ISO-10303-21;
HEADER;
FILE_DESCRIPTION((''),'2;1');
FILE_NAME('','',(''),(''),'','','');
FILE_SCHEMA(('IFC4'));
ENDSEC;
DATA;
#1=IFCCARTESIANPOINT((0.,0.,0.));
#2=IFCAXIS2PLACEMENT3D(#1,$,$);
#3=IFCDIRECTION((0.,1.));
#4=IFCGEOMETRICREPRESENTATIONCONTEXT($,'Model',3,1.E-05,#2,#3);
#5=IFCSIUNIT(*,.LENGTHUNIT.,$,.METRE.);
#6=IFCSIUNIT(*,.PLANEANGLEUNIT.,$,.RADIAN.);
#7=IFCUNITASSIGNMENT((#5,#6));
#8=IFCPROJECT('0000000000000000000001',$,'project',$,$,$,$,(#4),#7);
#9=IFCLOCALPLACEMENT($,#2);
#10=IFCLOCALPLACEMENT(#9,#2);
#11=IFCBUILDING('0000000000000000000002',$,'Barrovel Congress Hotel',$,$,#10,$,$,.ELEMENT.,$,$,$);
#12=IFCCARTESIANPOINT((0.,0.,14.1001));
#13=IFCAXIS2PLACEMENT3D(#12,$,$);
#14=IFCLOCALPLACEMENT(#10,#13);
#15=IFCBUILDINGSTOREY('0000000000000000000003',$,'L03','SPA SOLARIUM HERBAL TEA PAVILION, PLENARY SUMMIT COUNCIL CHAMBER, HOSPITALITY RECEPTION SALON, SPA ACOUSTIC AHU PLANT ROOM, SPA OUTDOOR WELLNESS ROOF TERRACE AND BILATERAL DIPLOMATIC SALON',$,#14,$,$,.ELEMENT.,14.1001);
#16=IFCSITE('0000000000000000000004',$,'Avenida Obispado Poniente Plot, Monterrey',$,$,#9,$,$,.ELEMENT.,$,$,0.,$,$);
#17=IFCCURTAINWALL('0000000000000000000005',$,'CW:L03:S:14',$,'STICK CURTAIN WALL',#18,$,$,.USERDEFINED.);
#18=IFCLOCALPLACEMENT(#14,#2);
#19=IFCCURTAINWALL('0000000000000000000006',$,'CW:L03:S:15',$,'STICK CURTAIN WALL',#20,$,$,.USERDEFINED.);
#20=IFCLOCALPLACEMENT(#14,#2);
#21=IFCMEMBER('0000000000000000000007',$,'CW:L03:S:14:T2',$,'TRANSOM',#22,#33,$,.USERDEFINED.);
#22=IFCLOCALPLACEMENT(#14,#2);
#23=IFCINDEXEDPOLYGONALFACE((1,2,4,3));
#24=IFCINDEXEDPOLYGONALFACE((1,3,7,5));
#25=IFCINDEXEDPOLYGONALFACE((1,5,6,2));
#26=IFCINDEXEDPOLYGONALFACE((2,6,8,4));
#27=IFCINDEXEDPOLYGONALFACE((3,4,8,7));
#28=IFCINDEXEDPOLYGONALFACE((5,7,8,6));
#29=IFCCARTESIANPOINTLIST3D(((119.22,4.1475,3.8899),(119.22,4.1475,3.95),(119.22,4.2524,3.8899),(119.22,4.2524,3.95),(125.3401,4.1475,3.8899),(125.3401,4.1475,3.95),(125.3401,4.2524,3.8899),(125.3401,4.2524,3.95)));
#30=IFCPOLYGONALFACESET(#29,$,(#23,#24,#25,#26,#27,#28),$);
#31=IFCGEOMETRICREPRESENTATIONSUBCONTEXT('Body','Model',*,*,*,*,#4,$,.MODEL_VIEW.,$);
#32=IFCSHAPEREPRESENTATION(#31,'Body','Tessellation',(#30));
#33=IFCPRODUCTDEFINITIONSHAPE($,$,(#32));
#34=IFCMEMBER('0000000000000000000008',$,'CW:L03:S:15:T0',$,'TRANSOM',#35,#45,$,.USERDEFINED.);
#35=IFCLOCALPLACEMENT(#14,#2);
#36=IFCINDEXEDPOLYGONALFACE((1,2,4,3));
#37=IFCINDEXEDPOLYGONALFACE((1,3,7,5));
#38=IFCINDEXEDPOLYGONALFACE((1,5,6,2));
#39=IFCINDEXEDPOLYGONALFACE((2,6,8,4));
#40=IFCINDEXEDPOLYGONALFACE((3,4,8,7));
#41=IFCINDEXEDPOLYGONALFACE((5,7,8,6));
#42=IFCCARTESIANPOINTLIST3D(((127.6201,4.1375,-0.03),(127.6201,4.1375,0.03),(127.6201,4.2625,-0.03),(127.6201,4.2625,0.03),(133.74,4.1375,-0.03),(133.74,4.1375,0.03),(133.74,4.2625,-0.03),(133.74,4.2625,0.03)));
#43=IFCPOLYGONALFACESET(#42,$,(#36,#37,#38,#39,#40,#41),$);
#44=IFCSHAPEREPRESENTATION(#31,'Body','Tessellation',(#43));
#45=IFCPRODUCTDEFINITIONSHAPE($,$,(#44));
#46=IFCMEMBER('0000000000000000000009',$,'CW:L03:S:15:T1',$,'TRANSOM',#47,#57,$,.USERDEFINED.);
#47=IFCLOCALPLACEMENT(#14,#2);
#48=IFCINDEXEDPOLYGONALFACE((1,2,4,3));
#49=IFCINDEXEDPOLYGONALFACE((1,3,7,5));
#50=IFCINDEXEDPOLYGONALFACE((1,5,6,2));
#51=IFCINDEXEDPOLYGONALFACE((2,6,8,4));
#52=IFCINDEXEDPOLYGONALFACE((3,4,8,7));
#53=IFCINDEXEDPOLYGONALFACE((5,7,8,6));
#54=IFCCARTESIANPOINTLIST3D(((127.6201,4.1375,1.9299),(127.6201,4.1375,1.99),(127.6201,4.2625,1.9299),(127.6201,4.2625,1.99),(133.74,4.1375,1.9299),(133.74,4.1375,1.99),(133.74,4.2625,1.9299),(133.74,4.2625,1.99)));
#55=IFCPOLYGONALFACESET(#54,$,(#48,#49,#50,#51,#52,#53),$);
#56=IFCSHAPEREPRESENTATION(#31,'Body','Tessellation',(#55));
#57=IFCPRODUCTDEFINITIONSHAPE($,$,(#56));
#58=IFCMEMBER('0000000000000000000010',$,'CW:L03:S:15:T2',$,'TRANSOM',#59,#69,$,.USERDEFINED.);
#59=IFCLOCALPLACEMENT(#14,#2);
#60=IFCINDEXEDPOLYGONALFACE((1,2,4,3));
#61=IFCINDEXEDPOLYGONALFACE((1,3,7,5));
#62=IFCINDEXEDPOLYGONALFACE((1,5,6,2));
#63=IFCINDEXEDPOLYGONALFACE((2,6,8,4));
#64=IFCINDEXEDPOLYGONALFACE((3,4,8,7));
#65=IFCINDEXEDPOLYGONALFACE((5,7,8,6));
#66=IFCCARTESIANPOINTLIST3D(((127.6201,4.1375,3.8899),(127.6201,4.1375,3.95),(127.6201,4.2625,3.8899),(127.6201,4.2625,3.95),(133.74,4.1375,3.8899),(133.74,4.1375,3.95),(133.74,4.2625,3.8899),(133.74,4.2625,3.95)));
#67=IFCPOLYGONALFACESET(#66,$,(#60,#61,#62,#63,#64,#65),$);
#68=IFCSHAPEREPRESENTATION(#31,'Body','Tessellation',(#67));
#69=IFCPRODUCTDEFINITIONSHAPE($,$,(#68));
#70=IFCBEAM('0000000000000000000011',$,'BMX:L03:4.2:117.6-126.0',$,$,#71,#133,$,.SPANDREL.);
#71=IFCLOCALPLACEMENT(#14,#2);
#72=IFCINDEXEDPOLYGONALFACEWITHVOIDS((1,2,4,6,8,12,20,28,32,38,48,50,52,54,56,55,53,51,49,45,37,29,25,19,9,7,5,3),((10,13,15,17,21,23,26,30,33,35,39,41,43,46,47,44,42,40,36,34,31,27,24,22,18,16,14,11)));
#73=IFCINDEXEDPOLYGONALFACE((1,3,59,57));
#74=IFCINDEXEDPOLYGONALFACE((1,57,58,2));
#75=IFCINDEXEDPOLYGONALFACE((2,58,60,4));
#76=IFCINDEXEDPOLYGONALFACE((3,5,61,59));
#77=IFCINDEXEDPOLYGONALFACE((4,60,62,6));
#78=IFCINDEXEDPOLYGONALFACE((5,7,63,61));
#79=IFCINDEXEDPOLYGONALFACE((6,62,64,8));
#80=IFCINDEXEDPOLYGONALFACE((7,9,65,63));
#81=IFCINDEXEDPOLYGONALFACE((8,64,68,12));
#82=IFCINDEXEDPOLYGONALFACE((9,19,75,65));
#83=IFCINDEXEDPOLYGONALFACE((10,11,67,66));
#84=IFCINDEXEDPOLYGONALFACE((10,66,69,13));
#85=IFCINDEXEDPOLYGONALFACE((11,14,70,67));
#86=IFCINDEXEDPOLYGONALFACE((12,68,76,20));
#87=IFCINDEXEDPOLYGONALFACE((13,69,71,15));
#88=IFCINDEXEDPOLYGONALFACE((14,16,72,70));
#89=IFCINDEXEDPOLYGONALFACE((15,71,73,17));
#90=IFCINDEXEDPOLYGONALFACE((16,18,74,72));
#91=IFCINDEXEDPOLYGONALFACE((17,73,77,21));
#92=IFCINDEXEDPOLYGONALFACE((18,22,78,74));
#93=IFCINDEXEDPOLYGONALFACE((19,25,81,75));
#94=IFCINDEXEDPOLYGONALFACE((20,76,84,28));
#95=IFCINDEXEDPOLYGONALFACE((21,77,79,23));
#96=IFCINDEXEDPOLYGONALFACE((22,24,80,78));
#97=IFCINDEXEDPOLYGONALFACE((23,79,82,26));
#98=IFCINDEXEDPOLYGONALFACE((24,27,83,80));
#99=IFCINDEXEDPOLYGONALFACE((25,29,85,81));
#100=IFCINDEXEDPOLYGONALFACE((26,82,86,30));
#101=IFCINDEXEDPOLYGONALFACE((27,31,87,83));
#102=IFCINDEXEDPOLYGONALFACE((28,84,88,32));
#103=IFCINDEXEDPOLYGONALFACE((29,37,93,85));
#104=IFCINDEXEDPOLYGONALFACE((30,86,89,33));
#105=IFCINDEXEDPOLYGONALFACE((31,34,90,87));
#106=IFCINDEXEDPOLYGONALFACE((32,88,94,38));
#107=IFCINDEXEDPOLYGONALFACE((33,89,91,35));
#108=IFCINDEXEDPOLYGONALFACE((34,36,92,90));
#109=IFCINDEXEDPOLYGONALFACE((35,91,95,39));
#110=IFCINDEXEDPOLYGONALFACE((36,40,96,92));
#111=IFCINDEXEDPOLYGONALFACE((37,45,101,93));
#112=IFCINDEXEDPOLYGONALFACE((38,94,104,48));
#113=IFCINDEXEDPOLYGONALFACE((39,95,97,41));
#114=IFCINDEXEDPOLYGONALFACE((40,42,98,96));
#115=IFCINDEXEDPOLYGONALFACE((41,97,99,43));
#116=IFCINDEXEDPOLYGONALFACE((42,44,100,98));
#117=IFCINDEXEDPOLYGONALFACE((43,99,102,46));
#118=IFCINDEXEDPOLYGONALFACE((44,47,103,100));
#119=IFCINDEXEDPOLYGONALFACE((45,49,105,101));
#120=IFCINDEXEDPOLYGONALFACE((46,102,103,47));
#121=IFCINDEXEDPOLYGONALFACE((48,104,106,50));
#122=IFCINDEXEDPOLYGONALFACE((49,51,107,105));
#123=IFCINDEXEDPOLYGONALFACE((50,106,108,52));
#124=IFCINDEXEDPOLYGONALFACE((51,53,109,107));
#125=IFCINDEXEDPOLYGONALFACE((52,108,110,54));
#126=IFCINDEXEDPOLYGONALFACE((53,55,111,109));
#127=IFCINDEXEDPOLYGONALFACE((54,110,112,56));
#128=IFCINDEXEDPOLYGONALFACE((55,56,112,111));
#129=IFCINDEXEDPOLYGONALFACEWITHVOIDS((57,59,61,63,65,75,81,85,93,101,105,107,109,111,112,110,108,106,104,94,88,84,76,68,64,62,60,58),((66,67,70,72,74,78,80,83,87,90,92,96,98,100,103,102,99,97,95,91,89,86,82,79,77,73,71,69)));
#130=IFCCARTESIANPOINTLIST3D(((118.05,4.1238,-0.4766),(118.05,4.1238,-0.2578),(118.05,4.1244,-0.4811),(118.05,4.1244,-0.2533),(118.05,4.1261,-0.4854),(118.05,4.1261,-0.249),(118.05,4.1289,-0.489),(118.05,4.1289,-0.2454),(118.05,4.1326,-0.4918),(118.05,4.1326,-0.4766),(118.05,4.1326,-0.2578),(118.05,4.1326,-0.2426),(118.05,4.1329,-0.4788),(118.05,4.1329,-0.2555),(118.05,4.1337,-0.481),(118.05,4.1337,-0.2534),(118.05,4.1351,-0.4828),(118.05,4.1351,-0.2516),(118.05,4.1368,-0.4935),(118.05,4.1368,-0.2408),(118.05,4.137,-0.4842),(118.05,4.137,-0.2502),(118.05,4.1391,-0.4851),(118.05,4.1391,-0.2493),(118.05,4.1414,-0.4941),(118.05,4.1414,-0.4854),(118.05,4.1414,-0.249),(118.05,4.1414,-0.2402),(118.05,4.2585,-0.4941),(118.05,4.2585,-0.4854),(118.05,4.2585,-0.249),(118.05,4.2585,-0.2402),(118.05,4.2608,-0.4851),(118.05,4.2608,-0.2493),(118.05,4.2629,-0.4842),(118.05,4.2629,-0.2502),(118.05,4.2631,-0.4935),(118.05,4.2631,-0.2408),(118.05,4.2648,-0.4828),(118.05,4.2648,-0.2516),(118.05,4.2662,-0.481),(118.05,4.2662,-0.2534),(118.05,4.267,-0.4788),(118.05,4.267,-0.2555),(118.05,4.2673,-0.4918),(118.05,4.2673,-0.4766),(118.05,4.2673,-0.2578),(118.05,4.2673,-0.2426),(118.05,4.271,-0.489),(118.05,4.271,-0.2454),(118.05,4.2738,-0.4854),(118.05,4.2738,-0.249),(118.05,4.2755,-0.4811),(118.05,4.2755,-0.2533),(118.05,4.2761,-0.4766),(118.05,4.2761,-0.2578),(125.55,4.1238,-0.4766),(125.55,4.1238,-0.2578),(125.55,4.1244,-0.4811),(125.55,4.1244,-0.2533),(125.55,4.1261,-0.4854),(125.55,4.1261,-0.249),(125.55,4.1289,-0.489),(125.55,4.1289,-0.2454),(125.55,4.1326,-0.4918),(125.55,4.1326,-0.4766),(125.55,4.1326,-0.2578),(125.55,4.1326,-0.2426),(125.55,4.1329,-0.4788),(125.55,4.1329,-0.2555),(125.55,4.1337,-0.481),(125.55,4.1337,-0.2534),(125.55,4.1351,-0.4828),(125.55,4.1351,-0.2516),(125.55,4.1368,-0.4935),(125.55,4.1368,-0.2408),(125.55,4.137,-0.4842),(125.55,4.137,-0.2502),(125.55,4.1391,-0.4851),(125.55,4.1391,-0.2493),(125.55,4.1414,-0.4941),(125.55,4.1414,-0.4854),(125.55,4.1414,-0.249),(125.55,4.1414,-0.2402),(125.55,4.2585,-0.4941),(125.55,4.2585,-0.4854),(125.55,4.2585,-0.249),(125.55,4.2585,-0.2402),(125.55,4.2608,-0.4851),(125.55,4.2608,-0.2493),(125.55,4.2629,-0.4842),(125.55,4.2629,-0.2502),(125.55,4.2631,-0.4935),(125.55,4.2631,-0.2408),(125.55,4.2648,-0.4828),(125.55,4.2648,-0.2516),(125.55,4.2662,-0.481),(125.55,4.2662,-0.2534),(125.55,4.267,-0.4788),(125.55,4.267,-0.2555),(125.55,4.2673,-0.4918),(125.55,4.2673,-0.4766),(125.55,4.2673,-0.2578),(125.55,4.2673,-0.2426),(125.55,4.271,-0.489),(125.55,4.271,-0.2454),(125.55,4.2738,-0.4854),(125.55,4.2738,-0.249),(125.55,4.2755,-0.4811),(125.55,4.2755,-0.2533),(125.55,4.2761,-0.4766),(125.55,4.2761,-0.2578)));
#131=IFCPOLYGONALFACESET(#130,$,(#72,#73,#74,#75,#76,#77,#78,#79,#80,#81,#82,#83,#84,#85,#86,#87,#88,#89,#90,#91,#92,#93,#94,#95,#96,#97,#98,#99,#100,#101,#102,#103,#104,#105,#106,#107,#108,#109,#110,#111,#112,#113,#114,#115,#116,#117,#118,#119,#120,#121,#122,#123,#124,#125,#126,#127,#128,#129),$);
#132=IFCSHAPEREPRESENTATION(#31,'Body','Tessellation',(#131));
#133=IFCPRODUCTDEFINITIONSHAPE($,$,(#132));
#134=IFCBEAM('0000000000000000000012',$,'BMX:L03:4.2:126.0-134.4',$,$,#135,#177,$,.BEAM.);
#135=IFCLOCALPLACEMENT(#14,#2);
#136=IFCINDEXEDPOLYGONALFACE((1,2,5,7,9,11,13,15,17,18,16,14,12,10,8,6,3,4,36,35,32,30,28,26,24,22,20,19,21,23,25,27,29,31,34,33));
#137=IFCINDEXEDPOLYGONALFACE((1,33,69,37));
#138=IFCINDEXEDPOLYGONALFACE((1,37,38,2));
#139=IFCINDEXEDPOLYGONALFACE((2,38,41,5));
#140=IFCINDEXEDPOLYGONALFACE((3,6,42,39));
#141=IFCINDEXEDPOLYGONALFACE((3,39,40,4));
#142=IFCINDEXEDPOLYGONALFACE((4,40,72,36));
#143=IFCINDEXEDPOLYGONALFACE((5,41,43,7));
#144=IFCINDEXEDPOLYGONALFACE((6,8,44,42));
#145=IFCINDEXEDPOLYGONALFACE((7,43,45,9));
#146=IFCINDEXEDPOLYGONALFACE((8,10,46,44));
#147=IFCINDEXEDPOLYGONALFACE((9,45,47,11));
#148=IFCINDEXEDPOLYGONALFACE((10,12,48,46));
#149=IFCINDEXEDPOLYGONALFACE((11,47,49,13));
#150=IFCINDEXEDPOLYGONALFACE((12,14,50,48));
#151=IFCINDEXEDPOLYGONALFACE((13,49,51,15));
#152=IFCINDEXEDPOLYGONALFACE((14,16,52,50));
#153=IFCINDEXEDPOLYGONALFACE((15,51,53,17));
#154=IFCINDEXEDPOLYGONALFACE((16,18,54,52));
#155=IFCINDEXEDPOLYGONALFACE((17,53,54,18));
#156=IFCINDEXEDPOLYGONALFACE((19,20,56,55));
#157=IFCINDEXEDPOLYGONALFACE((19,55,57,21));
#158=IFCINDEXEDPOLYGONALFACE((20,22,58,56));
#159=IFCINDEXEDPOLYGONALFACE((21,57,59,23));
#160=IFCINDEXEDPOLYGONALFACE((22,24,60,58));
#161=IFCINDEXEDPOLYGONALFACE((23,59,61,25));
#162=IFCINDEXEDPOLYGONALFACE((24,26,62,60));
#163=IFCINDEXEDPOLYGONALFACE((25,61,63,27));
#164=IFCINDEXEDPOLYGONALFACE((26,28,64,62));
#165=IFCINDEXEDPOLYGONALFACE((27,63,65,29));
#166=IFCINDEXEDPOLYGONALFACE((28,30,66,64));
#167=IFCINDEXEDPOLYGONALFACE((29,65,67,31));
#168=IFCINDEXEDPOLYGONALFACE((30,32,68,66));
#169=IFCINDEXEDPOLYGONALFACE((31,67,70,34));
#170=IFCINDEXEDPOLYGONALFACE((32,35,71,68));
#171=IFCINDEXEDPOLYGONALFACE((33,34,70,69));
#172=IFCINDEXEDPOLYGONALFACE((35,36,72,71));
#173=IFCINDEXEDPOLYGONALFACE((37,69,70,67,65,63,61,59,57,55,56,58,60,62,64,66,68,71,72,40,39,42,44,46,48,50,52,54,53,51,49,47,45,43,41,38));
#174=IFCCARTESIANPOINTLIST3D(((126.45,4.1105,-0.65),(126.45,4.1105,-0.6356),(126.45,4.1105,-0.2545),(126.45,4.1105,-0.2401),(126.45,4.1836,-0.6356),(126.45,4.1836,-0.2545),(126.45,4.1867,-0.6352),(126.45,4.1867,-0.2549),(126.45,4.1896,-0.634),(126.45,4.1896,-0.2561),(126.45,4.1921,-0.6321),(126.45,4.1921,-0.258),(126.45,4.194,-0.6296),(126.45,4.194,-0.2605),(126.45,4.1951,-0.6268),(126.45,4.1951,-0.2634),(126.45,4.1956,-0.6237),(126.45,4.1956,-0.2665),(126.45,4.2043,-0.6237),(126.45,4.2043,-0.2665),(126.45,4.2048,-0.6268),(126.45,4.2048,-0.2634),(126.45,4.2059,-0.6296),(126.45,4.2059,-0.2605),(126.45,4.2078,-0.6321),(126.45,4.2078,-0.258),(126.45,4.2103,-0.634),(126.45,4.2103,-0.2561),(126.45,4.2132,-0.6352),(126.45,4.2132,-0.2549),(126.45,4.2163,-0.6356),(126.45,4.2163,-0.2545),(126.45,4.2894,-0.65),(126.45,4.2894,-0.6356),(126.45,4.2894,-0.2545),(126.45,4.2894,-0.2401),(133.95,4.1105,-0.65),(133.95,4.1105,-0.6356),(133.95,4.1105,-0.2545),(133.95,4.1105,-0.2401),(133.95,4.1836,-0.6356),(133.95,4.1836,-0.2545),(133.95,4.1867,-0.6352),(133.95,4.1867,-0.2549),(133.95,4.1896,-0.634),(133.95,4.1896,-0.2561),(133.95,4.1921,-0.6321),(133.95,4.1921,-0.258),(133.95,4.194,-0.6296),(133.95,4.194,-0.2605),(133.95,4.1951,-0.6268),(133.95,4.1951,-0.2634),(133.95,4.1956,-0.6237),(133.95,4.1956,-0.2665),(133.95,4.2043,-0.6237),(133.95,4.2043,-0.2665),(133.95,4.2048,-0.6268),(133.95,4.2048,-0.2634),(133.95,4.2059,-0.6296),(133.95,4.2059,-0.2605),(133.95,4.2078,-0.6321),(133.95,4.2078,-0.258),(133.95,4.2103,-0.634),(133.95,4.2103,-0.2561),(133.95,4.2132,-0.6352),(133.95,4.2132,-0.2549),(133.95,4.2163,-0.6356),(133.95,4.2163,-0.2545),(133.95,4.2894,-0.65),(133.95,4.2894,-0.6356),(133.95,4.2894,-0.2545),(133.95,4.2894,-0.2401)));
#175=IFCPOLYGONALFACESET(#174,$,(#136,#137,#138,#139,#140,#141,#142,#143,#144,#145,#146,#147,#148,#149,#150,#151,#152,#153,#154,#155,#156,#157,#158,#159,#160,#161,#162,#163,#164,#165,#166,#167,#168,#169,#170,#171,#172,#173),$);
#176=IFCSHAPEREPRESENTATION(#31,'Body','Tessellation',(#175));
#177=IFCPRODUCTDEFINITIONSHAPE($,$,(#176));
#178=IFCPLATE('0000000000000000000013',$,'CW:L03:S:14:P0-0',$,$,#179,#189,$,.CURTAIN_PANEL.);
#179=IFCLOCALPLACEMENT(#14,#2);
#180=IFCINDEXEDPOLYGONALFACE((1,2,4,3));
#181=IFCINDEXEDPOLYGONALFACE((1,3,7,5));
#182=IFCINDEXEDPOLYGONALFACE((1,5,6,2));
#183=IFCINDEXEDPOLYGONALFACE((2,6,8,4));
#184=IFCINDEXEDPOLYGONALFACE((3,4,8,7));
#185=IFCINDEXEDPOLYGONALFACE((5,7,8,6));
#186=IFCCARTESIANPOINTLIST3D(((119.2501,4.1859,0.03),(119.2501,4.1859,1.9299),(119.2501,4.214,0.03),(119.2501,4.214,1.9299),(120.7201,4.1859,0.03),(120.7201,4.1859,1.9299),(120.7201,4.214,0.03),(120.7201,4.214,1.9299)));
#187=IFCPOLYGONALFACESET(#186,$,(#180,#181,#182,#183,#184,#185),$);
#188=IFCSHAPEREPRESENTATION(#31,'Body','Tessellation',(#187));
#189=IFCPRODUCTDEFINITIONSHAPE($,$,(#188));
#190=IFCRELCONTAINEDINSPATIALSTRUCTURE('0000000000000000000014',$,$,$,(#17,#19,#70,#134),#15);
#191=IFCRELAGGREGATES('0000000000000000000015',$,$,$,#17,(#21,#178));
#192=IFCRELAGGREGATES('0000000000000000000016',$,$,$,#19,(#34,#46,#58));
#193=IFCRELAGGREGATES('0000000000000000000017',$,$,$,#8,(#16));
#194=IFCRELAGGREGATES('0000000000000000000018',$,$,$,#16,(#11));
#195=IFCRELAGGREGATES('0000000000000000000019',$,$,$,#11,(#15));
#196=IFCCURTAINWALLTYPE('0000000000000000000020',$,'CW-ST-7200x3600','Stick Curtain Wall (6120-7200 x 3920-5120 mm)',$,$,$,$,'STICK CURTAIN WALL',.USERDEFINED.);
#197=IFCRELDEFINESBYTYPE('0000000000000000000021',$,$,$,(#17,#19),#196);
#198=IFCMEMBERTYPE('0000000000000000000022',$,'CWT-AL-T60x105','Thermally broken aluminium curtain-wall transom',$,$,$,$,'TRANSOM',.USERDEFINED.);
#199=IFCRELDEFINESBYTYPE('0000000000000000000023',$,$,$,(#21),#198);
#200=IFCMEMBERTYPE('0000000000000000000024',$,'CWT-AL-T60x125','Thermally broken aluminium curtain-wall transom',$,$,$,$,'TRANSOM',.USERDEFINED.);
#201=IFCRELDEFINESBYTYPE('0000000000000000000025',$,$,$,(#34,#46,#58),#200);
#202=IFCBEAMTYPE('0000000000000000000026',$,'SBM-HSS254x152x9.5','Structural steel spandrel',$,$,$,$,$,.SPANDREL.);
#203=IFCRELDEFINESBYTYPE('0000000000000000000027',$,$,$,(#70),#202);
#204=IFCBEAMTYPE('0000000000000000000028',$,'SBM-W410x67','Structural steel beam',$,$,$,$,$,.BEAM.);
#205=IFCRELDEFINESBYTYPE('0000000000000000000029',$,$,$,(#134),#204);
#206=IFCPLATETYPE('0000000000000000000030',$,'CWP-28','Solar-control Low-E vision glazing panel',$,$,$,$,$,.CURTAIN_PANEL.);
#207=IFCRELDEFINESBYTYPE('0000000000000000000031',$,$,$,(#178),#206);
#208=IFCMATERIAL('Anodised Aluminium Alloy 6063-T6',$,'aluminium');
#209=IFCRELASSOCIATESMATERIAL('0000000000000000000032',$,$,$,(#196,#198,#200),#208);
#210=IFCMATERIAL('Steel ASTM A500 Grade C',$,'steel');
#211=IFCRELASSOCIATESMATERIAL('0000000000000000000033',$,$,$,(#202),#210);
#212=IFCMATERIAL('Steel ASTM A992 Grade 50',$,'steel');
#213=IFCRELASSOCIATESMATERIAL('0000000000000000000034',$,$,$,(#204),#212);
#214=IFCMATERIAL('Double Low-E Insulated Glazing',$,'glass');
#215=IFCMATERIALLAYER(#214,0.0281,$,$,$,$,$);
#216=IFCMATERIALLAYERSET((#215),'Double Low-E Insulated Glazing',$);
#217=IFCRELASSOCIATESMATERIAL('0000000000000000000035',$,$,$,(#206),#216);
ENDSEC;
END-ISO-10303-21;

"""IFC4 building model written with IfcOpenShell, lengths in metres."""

from ifc_helpers import new_model, si_unit, direction, frame, origin, origin_2d, place, context, subcontext, project, spatial, rectangle, hollow_rectangle, i_section, extrude, material, layer, layer_set, material_profile, profile_set, type_object, element, aggregate, save


model = new_model("IFC4")

# Units and contexts
model_context = context("Model", 3, precision=1e-05, world=origin(), true_north=direction((0.0, 1.0)))
body_context = subcontext(model_context, "Body", "Model", "MODEL_VIEW")
ifc_project = project(units=[si_unit("LENGTHUNIT", "METRE"), si_unit("PLANEANGLEUNIT", "RADIAN")], contexts=[model_context])

# Site, building, storey
site_placement = place(None, origin())
site = spatial("IfcSite", under=ifc_project, at=site_placement, Name="Avenida Obispado Poniente Plot, Monterrey", CompositionType="ELEMENT", RefElevation=0.0)
building_placement = place(site_placement, origin())
building = spatial("IfcBuilding", under=site, at=building_placement, Name="Barrovel Congress Hotel", CompositionType="ELEMENT")
storey_placement = place(building_placement, frame((0.0, 0.0, 14.1001)))
storey = spatial("IfcBuildingStorey", under=building, at=storey_placement, Name="L03", Description="SPA SOLARIUM HERBAL TEA PAVILION, PLENARY SUMMIT COUNCIL CHAMBER, HOSPITALITY RECEPTION SALON, SPA ACOUSTIC AHU PLANT ROOM, SPA OUTDOOR WELLNESS ROOF TERRACE AND BILATERAL DIPLOMATIC SALON", CompositionType="ELEMENT", Elevation=14.1001)

# Curtain walls
ifc_material_1 = material(Name="Anodised Aluminium Alloy 6063-T6", Category="aluminium")
curtain_wall_type = type_object("IfcCurtainWallType", Name="CW-ST-7200x3600", Description="Stick Curtain Wall (6120-7200 x 3920-5120 mm)", ElementType="STICK CURTAIN WALL", PredefinedType="USERDEFINED", material=ifc_material_1)
curtain_wall_1_placement = place(storey_placement, origin())
curtain_wall_1 = element("IfcCurtainWall", 1, at=curtain_wall_1_placement, inside=storey, type_object=curtain_wall_type, Name="CW:L03:S:14", ObjectType="STICK CURTAIN WALL", PredefinedType="USERDEFINED")
curtain_wall_2_placement = place(storey_placement, origin())
curtain_wall_2 = element("IfcCurtainWall", 2, at=curtain_wall_2_placement, inside=storey, type_object=curtain_wall_type, Name="CW:L03:S:15", ObjectType="STICK CURTAIN WALL", PredefinedType="USERDEFINED")

# Members
ifc_material_profile_1 = material_profile(ifc_material_1, rectangle(XDim=0.105, YDim=0.0601, at=origin_2d()), Name="AL-T60x105")
ifc_profile_set_1 = profile_set([ifc_material_profile_1], Name="Anodised Aluminium Alloy 6063-T6")
member_type_1 = type_object("IfcMemberType", Name="CWT-AL-T60x105", Description="Thermally broken aluminium curtain-wall transom", ElementType="TRANSOM", PredefinedType="USERDEFINED", material=ifc_profile_set_1)
member_1_placement = place(storey_placement, frame((119.22, 4.2, 3.9199), z_axis=(1.0, 0.0, 0.0), x_axis=(0.0, 1.0, 0.0)))
member_1 = element("IfcMember", 3, at=member_1_placement, type_object=member_type_1, Name="CW:L03:S:14:T2", ObjectType="TRANSOM", PredefinedType="USERDEFINED", context=body_context, shape_type="SweptSolid", body=[
    extrude(rectangle(XDim=0.105, YDim=0.0601, at=origin_2d()), origin(), (0.0, 0.0, 1.0), 6.1201),
])
ifc_material_profile_2 = material_profile(ifc_material_1, rectangle(XDim=0.125, YDim=0.0601, at=origin_2d()), Name="AL-T60x125")
ifc_profile_set_2 = profile_set([ifc_material_profile_2], Name="Anodised Aluminium Alloy 6063-T6")
member_type_2 = type_object("IfcMemberType", Name="CWT-AL-T60x125", Description="Thermally broken aluminium curtain-wall transom", ElementType="TRANSOM", PredefinedType="USERDEFINED", material=ifc_profile_set_2)
member_2_placement = place(storey_placement, frame((127.6201, 4.2, 0.0), z_axis=(1.0, 0.0, 0.0), x_axis=(0.0, 1.0, 0.0)))
member_2 = element("IfcMember", 4, at=member_2_placement, type_object=member_type_2, Name="CW:L03:S:15:T0", ObjectType="TRANSOM", PredefinedType="USERDEFINED", context=body_context, shape_type="SweptSolid", body=[
    extrude(rectangle(XDim=0.125, YDim=0.0601, at=origin_2d()), origin(), (0.0, 0.0, 1.0), 6.1199),
])
member_3_placement = place(storey_placement, frame((127.6201, 4.2, 1.96), z_axis=(1.0, 0.0, 0.0), x_axis=(0.0, 1.0, 0.0)))
member_3 = element("IfcMember", 5, at=member_3_placement, type_object=member_type_2, Name="CW:L03:S:15:T1", ObjectType="TRANSOM", PredefinedType="USERDEFINED", context=body_context, shape_type="SweptSolid", body=[
    extrude(rectangle(XDim=0.125, YDim=0.0601, at=origin_2d()), origin(), (0.0, 0.0, 1.0), 6.1199),
])
member_4_placement = place(storey_placement, frame((127.6201, 4.2, 3.9199), z_axis=(1.0, 0.0, 0.0), x_axis=(0.0, 1.0, 0.0)))
member_4 = element("IfcMember", 6, at=member_4_placement, type_object=member_type_2, Name="CW:L03:S:15:T2", ObjectType="TRANSOM", PredefinedType="USERDEFINED", context=body_context, shape_type="SweptSolid", body=[
    extrude(rectangle(XDim=0.125, YDim=0.0601, at=origin_2d()), origin(), (0.0, 0.0, 1.0), 6.1199),
])

# Beams
ifc_material_2 = material(Name="Steel ASTM A500 Grade C", Category="steel")
ifc_material_profile_3 = material_profile(ifc_material_2, hollow_rectangle(XDim=0.1523, YDim=0.2539, WallThickness=0.0088, InnerFilletRadius=0.0088, OuterFilletRadius=0.0176, at=origin_2d()), Name="HSS254x152x9.5")
ifc_profile_set_3 = profile_set([ifc_material_profile_3], Name="Steel ASTM A500 Grade C")
beam_type_1 = type_object("IfcBeamType", Name="SBM-HSS254x152x9.5", Description="Structural steel spandrel", PredefinedType="SPANDREL", material=ifc_profile_set_3)
beam_1_placement = place(storey_placement, frame((118.05, 4.2, -0.3672), z_axis=(1.0, 0.0, 0.0), x_axis=(0.0, 1.0, 0.0)))
element("IfcBeam", 7, at=beam_1_placement, inside=storey, type_object=beam_type_1, Name="BMX:L03:4.2:117.6-126.0", PredefinedType="SPANDREL", context=body_context, shape_type="SweptSolid", body=[
    extrude(hollow_rectangle(XDim=0.1523, YDim=0.2539, WallThickness=0.0088, InnerFilletRadius=0.0088, OuterFilletRadius=0.0176, at=origin_2d()), origin(), (0.0, 0.0, 1.0), 7.5),
])
ifc_material_3 = material(Name="Steel ASTM A992 Grade 50", Category="steel")
ifc_material_profile_4 = material_profile(ifc_material_3, i_section(OverallWidth=0.179, OverallDepth=0.4099, WebThickness=0.0088, FlangeThickness=0.0144, FilletRadius=0.012, at=origin_2d()), Name="W410x67")
ifc_profile_set_4 = profile_set([ifc_material_profile_4], Name="Steel ASTM A992 Grade 50")
beam_type_2 = type_object("IfcBeamType", Name="SBM-W410x67", Description="Structural steel beam", PredefinedType="BEAM", material=ifc_profile_set_4)
beam_2_placement = place(storey_placement, frame((126.45, 4.2, -0.4451), z_axis=(1.0, 0.0, 0.0), x_axis=(0.0, 1.0, 0.0)))
element("IfcBeam", 8, at=beam_2_placement, inside=storey, type_object=beam_type_2, Name="BMX:L03:4.2:126.0-134.4", PredefinedType="BEAM", context=body_context, shape_type="SweptSolid", body=[
    extrude(i_section(OverallWidth=0.179, OverallDepth=0.4099, WebThickness=0.0088, FlangeThickness=0.0144, FilletRadius=0.012, at=origin_2d()), origin(), (0.0, 0.0, 1.0), 7.5),
])

# Plate
ifc_material_4 = material(Name="Double Low-E Insulated Glazing", Category="glass")
ifc_layer_1 = layer(ifc_material_4, 0.0281)
ifc_layer_set_1 = layer_set([ifc_layer_1], Name="Double Low-E Insulated Glazing")
plate_type_1 = type_object("IfcPlateType", Name="CWP-28", Description="Solar-control Low-E vision glazing panel", PredefinedType="CURTAIN_PANEL", material=ifc_layer_set_1)
plate_1_placement = place(storey_placement, frame((119.9851, 4.2, 0.03), z_axis=(0.0, 0.0, 1.0), x_axis=(1.0, 0.0, 0.0)))
plate_1 = element("IfcPlate", 9, at=plate_1_placement, type_object=plate_type_1, Name="CW:L03:S:14:P0-0", PredefinedType="CURTAIN_PANEL", context=body_context, shape_type="SweptSolid", body=[
    extrude(rectangle(XDim=1.47, YDim=0.0281, at=origin_2d()), origin(), (0.0, 0.0, 1.0), 1.8999),
])
aggregate(curtain_wall_1, [member_1, plate_1])
aggregate(curtain_wall_2, [member_2, member_3, member_4])

save(model, "model.ifc")
